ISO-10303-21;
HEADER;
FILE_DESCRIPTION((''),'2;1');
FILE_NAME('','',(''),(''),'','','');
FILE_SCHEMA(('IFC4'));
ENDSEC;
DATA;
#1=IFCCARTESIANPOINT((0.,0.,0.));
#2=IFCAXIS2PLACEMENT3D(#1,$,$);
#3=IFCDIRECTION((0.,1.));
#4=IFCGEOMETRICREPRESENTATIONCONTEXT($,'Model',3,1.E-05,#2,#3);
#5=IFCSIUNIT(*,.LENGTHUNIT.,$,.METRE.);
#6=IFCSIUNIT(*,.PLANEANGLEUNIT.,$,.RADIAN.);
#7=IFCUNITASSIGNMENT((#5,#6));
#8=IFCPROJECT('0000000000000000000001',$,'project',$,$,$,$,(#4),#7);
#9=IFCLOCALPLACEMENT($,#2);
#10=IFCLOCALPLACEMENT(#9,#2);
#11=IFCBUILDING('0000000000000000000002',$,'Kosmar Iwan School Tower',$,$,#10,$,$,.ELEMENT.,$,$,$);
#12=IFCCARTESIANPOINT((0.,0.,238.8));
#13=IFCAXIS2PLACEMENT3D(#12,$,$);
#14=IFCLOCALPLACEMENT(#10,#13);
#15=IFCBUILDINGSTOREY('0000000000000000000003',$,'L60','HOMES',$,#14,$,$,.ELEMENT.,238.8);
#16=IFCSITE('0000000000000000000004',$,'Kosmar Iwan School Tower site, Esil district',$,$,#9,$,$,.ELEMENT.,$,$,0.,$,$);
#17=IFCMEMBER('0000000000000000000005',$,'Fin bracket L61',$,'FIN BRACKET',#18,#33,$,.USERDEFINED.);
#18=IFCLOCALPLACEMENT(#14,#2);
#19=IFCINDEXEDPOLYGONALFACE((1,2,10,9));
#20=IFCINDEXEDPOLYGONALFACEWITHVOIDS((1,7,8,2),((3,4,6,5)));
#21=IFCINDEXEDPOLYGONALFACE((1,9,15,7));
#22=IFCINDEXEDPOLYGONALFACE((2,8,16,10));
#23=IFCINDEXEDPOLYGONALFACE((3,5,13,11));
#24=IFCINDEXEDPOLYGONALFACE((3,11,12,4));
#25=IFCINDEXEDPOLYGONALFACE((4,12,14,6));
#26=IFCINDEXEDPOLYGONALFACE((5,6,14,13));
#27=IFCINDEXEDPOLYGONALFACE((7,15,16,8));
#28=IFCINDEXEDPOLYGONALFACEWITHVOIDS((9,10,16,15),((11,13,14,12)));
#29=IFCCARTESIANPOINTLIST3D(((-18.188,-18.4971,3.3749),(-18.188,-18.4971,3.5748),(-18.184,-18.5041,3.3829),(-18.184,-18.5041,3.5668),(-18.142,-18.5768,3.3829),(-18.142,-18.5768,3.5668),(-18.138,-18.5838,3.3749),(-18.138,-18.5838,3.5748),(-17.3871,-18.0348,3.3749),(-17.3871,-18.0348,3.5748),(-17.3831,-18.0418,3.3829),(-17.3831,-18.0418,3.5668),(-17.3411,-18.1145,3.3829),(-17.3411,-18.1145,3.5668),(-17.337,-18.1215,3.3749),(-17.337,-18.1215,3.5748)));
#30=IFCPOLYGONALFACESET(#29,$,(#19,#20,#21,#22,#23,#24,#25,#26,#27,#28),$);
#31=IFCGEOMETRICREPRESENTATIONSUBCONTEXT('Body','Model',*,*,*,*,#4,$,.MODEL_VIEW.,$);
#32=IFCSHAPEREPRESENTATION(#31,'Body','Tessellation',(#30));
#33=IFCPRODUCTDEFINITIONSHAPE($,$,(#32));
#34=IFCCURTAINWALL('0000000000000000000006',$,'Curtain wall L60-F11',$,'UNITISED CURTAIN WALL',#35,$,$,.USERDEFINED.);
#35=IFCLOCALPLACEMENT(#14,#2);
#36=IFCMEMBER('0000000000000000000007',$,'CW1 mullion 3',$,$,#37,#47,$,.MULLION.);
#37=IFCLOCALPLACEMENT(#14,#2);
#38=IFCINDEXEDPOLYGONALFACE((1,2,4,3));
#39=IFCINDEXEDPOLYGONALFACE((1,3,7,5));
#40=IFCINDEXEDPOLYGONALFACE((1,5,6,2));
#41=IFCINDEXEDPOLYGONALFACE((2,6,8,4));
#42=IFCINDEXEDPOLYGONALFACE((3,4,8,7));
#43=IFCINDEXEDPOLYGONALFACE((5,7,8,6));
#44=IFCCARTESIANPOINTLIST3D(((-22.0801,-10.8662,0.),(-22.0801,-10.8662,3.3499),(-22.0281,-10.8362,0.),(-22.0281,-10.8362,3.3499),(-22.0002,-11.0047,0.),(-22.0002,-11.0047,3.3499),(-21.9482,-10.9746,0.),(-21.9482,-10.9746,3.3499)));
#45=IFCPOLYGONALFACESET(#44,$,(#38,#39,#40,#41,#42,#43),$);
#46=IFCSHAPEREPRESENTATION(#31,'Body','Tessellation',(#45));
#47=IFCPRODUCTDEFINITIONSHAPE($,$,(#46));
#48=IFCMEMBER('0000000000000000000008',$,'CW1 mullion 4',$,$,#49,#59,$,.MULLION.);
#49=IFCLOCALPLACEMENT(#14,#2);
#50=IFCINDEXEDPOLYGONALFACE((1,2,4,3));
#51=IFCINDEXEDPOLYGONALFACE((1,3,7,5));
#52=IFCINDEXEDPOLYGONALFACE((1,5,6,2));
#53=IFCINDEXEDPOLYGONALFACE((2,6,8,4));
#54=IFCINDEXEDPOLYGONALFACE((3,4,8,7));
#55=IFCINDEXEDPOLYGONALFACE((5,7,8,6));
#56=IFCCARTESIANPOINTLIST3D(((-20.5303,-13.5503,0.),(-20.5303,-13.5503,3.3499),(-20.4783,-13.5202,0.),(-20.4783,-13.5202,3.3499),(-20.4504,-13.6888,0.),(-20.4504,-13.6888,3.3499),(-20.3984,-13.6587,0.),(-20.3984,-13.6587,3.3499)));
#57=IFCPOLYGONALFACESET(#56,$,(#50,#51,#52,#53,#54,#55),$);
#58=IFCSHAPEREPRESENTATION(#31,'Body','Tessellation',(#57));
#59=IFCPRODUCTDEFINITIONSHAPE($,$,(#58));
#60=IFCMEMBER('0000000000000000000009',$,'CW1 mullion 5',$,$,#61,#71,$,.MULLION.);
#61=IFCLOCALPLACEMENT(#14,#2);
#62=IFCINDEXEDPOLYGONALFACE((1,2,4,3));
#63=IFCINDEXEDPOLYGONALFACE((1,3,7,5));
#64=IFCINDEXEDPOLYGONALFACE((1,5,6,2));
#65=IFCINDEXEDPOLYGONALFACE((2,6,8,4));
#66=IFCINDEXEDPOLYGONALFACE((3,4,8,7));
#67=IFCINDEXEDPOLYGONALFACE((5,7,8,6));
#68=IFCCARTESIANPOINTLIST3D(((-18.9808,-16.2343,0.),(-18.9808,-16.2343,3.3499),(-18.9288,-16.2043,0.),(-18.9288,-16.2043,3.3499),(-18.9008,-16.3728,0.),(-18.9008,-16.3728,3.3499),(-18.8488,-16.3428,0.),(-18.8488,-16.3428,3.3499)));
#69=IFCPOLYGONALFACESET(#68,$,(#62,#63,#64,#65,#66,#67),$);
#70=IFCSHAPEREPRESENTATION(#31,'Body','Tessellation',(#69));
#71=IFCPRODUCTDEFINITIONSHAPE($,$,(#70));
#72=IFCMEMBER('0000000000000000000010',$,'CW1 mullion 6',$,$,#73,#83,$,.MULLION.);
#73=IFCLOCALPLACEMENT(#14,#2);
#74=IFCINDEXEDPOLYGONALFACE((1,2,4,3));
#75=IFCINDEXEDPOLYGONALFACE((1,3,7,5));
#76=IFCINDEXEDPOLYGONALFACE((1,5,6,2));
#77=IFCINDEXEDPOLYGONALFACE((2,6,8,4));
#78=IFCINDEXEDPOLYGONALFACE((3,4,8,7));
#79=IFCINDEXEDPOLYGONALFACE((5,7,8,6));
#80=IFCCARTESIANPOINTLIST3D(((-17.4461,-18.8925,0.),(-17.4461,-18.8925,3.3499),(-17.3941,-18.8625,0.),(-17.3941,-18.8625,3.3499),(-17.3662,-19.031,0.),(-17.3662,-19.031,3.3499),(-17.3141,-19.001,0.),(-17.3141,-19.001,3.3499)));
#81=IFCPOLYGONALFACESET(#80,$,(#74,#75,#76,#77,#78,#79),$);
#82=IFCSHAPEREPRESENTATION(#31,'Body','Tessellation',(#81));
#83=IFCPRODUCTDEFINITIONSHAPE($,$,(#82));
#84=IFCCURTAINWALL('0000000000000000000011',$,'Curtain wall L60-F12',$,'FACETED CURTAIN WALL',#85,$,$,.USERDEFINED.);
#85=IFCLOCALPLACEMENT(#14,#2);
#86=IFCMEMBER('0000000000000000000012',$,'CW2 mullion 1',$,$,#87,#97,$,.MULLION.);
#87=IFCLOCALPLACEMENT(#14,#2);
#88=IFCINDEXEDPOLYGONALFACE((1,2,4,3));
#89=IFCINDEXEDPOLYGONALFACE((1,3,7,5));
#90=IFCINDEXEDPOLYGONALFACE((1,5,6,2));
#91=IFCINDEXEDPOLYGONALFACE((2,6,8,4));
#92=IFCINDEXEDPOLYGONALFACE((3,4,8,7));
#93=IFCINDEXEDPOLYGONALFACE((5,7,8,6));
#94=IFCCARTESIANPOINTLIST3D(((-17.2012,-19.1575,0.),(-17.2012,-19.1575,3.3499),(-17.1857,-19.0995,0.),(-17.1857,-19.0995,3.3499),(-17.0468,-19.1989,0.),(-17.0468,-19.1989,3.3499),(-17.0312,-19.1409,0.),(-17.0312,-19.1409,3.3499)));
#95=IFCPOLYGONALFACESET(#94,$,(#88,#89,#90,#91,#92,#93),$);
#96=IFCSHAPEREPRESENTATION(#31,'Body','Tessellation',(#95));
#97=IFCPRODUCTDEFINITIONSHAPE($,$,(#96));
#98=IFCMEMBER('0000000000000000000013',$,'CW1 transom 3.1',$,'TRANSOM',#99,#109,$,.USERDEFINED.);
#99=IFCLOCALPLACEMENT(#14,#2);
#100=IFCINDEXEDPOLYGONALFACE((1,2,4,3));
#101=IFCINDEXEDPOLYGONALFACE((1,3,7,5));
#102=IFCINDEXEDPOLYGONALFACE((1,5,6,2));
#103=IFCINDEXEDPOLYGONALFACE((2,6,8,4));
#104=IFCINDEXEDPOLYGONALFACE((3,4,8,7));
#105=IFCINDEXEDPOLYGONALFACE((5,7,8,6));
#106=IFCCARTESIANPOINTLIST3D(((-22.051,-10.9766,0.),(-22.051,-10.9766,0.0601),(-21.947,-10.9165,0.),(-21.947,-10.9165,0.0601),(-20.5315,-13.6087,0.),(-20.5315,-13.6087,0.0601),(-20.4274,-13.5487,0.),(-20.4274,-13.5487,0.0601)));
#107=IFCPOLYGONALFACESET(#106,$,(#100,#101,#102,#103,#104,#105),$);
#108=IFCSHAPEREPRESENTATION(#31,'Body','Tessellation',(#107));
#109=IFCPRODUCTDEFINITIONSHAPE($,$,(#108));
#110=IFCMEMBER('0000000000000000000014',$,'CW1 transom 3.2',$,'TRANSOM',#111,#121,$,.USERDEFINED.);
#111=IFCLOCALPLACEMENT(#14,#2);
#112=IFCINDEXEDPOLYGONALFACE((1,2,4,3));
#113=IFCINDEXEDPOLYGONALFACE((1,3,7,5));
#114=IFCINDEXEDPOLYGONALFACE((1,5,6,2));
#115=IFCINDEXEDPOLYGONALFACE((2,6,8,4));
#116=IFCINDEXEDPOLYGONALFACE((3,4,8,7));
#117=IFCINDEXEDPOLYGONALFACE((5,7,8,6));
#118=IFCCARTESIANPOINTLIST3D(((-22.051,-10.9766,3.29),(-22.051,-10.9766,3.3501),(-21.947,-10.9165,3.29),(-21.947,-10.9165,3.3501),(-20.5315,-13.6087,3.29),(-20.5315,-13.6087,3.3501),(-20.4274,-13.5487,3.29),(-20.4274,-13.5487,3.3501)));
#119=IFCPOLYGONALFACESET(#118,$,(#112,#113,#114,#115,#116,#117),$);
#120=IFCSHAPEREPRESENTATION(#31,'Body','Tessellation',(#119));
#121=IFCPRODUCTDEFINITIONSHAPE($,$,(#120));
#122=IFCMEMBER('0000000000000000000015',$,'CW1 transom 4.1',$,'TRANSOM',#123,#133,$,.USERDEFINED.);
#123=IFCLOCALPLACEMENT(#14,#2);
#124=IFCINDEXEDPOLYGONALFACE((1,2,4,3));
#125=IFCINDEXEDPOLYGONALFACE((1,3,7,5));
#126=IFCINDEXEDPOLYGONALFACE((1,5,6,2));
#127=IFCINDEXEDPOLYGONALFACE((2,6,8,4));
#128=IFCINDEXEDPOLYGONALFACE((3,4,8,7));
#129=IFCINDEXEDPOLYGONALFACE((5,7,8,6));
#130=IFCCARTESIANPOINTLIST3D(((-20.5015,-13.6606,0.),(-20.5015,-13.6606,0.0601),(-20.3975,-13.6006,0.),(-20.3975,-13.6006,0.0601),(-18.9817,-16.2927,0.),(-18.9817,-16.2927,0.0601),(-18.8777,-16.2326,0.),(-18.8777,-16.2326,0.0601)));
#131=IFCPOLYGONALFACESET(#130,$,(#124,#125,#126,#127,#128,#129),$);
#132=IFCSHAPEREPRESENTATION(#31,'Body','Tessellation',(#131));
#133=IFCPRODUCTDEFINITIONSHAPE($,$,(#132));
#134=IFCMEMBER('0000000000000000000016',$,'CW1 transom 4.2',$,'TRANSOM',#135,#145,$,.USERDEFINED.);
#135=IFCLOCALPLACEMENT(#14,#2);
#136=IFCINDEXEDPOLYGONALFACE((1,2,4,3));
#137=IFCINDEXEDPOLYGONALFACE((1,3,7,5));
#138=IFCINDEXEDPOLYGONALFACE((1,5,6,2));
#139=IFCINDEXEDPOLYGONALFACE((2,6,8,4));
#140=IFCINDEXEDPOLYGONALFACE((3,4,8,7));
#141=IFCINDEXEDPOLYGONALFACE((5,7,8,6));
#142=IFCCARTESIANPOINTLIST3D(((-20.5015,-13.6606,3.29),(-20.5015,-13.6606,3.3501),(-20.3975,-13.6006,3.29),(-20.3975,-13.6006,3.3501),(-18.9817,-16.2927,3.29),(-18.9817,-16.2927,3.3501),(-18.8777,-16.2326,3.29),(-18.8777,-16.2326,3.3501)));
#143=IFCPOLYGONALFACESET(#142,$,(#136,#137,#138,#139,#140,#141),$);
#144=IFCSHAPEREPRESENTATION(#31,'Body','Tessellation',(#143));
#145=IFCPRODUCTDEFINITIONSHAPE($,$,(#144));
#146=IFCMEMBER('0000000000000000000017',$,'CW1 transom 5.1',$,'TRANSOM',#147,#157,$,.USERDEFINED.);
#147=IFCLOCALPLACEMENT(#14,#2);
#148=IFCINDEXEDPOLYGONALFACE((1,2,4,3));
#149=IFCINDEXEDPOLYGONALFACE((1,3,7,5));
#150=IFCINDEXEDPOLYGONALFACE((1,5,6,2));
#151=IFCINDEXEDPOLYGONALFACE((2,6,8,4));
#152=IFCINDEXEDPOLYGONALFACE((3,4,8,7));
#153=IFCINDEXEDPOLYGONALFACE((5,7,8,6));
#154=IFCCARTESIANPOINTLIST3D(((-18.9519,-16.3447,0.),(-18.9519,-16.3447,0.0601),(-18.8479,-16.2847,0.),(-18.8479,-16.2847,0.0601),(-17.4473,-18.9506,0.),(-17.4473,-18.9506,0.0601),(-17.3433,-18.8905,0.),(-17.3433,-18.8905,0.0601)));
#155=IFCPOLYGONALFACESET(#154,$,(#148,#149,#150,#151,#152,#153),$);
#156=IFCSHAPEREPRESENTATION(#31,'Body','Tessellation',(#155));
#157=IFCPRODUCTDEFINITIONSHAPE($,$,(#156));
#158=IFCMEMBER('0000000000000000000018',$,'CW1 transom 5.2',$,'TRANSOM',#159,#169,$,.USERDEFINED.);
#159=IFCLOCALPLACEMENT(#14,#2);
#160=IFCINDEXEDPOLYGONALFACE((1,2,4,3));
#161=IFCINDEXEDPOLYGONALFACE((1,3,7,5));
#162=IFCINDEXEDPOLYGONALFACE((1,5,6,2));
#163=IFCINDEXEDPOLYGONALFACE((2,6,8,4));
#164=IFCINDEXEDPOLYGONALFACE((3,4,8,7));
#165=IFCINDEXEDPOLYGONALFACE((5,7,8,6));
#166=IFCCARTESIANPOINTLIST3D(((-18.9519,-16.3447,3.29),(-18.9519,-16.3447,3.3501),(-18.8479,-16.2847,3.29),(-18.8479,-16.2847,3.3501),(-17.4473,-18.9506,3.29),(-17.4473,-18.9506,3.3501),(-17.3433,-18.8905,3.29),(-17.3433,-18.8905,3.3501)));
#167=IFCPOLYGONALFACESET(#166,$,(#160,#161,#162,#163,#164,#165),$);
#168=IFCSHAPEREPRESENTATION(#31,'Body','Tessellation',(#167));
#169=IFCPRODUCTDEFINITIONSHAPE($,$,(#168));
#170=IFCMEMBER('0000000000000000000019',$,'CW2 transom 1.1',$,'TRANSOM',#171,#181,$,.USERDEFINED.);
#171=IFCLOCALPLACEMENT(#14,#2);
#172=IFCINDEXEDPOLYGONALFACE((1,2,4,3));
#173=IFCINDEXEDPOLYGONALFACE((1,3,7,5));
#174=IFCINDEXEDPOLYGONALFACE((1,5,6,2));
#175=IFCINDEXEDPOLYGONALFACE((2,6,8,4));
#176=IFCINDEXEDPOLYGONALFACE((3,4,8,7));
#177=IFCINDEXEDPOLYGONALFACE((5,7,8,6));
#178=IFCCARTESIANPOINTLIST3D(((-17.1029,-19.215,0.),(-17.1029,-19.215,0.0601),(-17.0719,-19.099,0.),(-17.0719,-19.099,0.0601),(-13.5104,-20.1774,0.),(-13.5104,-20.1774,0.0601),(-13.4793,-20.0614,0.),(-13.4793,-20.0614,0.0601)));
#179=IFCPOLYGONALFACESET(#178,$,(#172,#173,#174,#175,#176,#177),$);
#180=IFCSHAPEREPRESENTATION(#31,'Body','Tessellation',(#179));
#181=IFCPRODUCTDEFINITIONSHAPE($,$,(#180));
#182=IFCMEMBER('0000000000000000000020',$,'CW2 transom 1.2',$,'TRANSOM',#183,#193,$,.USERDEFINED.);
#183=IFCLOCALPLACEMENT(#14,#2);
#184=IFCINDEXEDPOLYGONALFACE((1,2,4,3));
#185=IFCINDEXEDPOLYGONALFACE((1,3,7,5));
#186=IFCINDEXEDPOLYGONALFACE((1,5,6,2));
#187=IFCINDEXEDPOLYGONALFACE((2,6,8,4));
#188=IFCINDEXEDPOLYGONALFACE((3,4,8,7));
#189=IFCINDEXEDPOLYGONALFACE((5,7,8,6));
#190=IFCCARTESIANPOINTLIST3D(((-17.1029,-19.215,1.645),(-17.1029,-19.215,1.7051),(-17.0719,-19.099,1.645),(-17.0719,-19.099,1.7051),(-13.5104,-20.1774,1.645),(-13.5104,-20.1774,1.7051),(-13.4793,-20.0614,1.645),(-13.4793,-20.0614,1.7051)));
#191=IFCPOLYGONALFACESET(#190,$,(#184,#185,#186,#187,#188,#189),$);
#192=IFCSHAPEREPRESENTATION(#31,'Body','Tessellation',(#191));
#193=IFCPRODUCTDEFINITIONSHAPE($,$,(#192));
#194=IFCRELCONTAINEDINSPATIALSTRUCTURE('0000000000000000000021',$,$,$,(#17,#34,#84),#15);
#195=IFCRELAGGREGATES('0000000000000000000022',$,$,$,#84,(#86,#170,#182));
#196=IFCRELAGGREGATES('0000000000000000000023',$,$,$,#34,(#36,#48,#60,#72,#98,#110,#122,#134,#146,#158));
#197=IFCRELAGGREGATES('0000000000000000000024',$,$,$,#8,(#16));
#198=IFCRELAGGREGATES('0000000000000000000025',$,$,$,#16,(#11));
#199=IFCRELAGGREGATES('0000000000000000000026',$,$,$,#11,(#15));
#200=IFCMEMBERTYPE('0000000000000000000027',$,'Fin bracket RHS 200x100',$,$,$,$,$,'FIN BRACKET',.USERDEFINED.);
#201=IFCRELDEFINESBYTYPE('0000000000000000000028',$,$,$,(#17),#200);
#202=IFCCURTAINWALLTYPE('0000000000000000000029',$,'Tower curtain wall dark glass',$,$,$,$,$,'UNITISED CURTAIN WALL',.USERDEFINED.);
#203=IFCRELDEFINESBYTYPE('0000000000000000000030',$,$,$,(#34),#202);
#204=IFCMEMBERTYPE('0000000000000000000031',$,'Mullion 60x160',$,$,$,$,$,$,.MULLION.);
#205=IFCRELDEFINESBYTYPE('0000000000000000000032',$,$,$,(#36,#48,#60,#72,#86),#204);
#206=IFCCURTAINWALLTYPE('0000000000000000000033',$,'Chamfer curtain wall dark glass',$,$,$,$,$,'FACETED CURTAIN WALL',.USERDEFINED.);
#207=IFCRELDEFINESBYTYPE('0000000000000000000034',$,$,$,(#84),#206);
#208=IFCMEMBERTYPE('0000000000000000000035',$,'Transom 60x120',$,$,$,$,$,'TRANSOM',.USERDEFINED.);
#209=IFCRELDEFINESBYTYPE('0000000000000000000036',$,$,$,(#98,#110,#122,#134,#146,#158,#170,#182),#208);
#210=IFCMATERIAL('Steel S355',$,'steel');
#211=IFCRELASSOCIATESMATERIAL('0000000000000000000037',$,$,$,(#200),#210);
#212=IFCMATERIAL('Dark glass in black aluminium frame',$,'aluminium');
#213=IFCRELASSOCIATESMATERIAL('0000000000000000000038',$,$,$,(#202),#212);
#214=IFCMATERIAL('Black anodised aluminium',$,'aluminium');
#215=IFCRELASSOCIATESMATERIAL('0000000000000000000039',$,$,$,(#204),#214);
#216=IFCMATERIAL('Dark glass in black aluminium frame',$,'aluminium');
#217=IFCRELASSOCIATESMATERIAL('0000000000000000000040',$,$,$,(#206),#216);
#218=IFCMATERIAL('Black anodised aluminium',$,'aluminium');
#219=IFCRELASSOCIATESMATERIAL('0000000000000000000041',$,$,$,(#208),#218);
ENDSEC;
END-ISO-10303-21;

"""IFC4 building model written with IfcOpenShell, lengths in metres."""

from ifc_helpers import new_model, si_unit, direction, frame, origin, origin_2d, place, context, subcontext, project, spatial, rectangle, hollow_rectangle, extrude, material, material_profile, profile_set, type_object, element, aggregate, save


model = new_model("IFC4")

# Units and contexts
model_context = context("Model", 3, precision=1e-05, world=origin(), true_north=direction((0.0, 1.0)))
body_context = subcontext(model_context, "Body", "Model", "MODEL_VIEW")
ifc_project = project(units=[si_unit("LENGTHUNIT", "METRE"), si_unit("PLANEANGLEUNIT", "RADIAN")], contexts=[model_context])

# Site, building, storey
site_placement = place(None, origin())
site = spatial("IfcSite", under=ifc_project, at=site_placement, Name="Kosmar Iwan School Tower site, Esil district", CompositionType="ELEMENT", RefElevation=0.0)
building_placement = place(site_placement, origin())
building = spatial("IfcBuilding", under=site, at=building_placement, Name="Kosmar Iwan School Tower", CompositionType="ELEMENT")
storey_placement = place(building_placement, frame((0.0, 0.0, 238.8)))
storey = spatial("IfcBuildingStorey", under=building, at=storey_placement, Name="L60", Description="HOMES", CompositionType="ELEMENT", Elevation=238.8)

# Member
ifc_material_1 = material(Name="Steel S355", Category="steel")
ifc_material_profile_1 = material_profile(ifc_material_1, hollow_rectangle(XDim=0.1001, YDim=0.2, WallThickness=0.0081, at=origin_2d()), Name="RHS 200x100x8")
ifc_profile_set_1 = profile_set([ifc_material_profile_1], Name="Steel S355")
member_type_1 = type_object("IfcMemberType", Name="Fin bracket RHS 200x100", ElementType="FIN BRACKET", PredefinedType="USERDEFINED", material=ifc_profile_set_1)
member_1_placement = place(storey_placement, frame((-17.3621, -18.0781, 3.4749), z_axis=(-0.866058, -0.499943, 0.0), x_axis=(0.499943, -0.866058, 0.0)))
element("IfcMember", 1, at=member_1_placement, inside=storey, type_object=member_type_1, Name="Fin bracket L61", ObjectType="FIN BRACKET", PredefinedType="USERDEFINED", context=body_context, shape_type="SweptSolid", body=[
    extrude(hollow_rectangle(XDim=0.1001, YDim=0.2, WallThickness=0.0081, at=origin_2d()), origin(), (0.0, 0.0, 1.0), 0.9248),
])

# Curtain wall, members
ifc_material_2 = material(Name="Dark glass in black aluminium frame", Category="aluminium")
curtain_wall_type_1 = type_object("IfcCurtainWallType", Name="Tower curtain wall dark glass", ElementType="UNITISED CURTAIN WALL", PredefinedType="USERDEFINED", material=ifc_material_2)
curtain_wall_1_placement = place(storey_placement, origin())
curtain_wall_1 = element("IfcCurtainWall", 2, at=curtain_wall_1_placement, inside=storey, type_object=curtain_wall_type_1, Name="Curtain wall L60-F11", ObjectType="UNITISED CURTAIN WALL", PredefinedType="USERDEFINED")
ifc_material_3 = material(Name="Black anodised aluminium", Category="aluminium")
ifc_material_profile_2 = material_profile(ifc_material_3, rectangle(XDim=0.0601, YDim=0.1599, at=origin_2d()), Name="MULLION 60x160")
ifc_profile_set_2 = profile_set([ifc_material_profile_2], Name="Black anodised aluminium")
member_type_2 = type_object("IfcMemberType", Name="Mullion 60x160", PredefinedType="MULLION", material=ifc_profile_set_2)
member_2_placement = place(storey_placement, frame((-22.0142, -10.9204, 0.0), z_axis=(0.0, 0.0, 1.0), x_axis=(0.866025, 0.5, 0.0)))
member_2 = element("IfcMember", 3, at=member_2_placement, type_object=member_type_2, Name="CW1 mullion 3", PredefinedType="MULLION", context=body_context, shape_type="SweptSolid", body=[
    extrude(rectangle(XDim=0.0601, YDim=0.1599, at=origin_2d()), origin(), (0.0, 0.0, 1.0), 3.3499),
])
member_3_placement = place(storey_placement, frame((-20.4644, -13.6045, 0.0), z_axis=(0.0, 0.0, 1.0), x_axis=(0.866025, 0.5, 0.0)))
member_3 = element("IfcMember", 4, at=member_3_placement, type_object=member_type_2, Name="CW1 mullion 4", PredefinedType="MULLION", context=body_context, shape_type="SweptSolid", body=[
    extrude(rectangle(XDim=0.0601, YDim=0.1599, at=origin_2d()), origin(), (0.0, 0.0, 1.0), 3.3499),
])
member_4_placement = place(storey_placement, frame((-18.9148, -16.2886, 0.0), z_axis=(0.0, 0.0, 1.0), x_axis=(0.866025, 0.5, 0.0)))
member_4 = element("IfcMember", 5, at=member_4_placement, type_object=member_type_2, Name="CW1 mullion 5", PredefinedType="MULLION", context=body_context, shape_type="SweptSolid", body=[
    extrude(rectangle(XDim=0.0601, YDim=0.1599, at=origin_2d()), origin(), (0.0, 0.0, 1.0), 3.3499),
])
member_5_placement = place(storey_placement, frame((-17.3801, -18.9468, 0.0), z_axis=(0.0, 0.0, 1.0), x_axis=(0.866025, 0.5, 0.0)))
member_5 = element("IfcMember", 6, at=member_5_placement, type_object=member_type_2, Name="CW1 mullion 6", PredefinedType="MULLION", context=body_context, shape_type="SweptSolid", body=[
    extrude(rectangle(XDim=0.0601, YDim=0.1599, at=origin_2d()), origin(), (0.0, 0.0, 1.0), 3.3499),
])

# Curtain wall, member
ifc_material_4 = material(Name="Dark glass in black aluminium frame", Category="aluminium")
curtain_wall_type_2 = type_object("IfcCurtainWallType", Name="Chamfer curtain wall dark glass", ElementType="FACETED CURTAIN WALL", PredefinedType="USERDEFINED", material=ifc_material_4)
curtain_wall_2_placement = place(storey_placement, origin())
curtain_wall_2 = element("IfcCurtainWall", 7, at=curtain_wall_2_placement, inside=storey, type_object=curtain_wall_type_2, Name="Curtain wall L60-F12", ObjectType="FACETED CURTAIN WALL", PredefinedType="USERDEFINED")
member_6_placement = place(storey_placement, frame((-17.1162, -19.1492, 0.0), z_axis=(0.0, 0.0, 1.0), x_axis=(0.258819, 0.965926, 0.0)))
member_6 = element("IfcMember", 8, at=member_6_placement, type_object=member_type_2, Name="CW2 mullion 1", PredefinedType="MULLION", context=body_context, shape_type="SweptSolid", body=[
    extrude(rectangle(XDim=0.0601, YDim=0.1599, at=origin_2d()), origin(), (0.0, 0.0, 1.0), 3.3499),
])

# Members
ifc_material_5 = material(Name="Black anodised aluminium", Category="aluminium")
ifc_material_profile_3 = material_profile(ifc_material_5, rectangle(XDim=0.1201, YDim=0.0601, at=origin_2d()), Name="TRANSOM 60x120")
ifc_profile_set_3 = profile_set([ifc_material_profile_3], Name="Black anodised aluminium")
member_type_3 = type_object("IfcMemberType", Name="Transom 60x120", ElementType="TRANSOM", PredefinedType="USERDEFINED", material=ifc_profile_set_3)
member_7_placement = place(storey_placement, frame((-21.999, -10.9465, 0.03), z_axis=(0.499975, -0.86604, 0.0), x_axis=(0.86604, 0.499975, 0.0)))
member_7 = element("IfcMember", 9, at=member_7_placement, type_object=member_type_3, Name="CW1 transom 3.1", ObjectType="TRANSOM", PredefinedType="USERDEFINED", context=body_context, shape_type="SweptSolid", body=[
    extrude(rectangle(XDim=0.1201, YDim=0.0601, at=origin_2d()), origin(), (0.0, 0.0, 1.0), 3.0393),
])
member_8_placement = place(storey_placement, frame((-21.999, -10.9465, 3.3201), z_axis=(0.499975, -0.86604, 0.0), x_axis=(0.86604, 0.499975, 0.0)))
member_8 = element("IfcMember", 10, at=member_8_placement, type_object=member_type_3, Name="CW1 transom 3.2", ObjectType="TRANSOM", PredefinedType="USERDEFINED", context=body_context, shape_type="SweptSolid", body=[
    extrude(rectangle(XDim=0.1201, YDim=0.0601, at=origin_2d()), origin(), (0.0, 0.0, 1.0), 3.0393),
])
member_9_placement = place(storey_placement, frame((-20.4495, -13.6306, 0.03), z_axis=(0.500035, -0.866005, 0.0), x_axis=(0.866005, 0.500035, 0.0)))
member_9 = element("IfcMember", 11, at=member_9_placement, type_object=member_type_3, Name="CW1 transom 4.1", ObjectType="TRANSOM", PredefinedType="USERDEFINED", context=body_context, shape_type="SweptSolid", body=[
    extrude(rectangle(XDim=0.1201, YDim=0.0601, at=origin_2d()), origin(), (0.0, 0.0, 1.0), 3.0393),
])
member_10_placement = place(storey_placement, frame((-20.4495, -13.6306, 3.3201), z_axis=(0.500035, -0.866005, 0.0), x_axis=(0.866005, 0.500035, 0.0)))
member_10 = element("IfcMember", 12, at=member_10_placement, type_object=member_type_3, Name="CW1 transom 4.2", ObjectType="TRANSOM", PredefinedType="USERDEFINED", context=body_context, shape_type="SweptSolid", body=[
    extrude(rectangle(XDim=0.1201, YDim=0.0601, at=origin_2d()), origin(), (0.0, 0.0, 1.0), 3.0393),
])
member_11_placement = place(storey_placement, frame((-18.8999, -16.3147, 0.03), z_axis=(0.500022, -0.866013, 0.0), x_axis=(0.866013, 0.500022, 0.0)))
member_11 = element("IfcMember", 13, at=member_11_placement, type_object=member_type_3, Name="CW1 transom 5.1", ObjectType="TRANSOM", PredefinedType="USERDEFINED", context=body_context, shape_type="SweptSolid", body=[
    extrude(rectangle(XDim=0.1201, YDim=0.0601, at=origin_2d()), origin(), (0.0, 0.0, 1.0), 3.009),
])
member_12_placement = place(storey_placement, frame((-18.8999, -16.3147, 3.3201), z_axis=(0.500022, -0.866013, 0.0), x_axis=(0.866013, 0.500022, 0.0)))
member_12 = element("IfcMember", 14, at=member_12_placement, type_object=member_type_3, Name="CW1 transom 5.2", ObjectType="TRANSOM", PredefinedType="USERDEFINED", context=body_context, shape_type="SweptSolid", body=[
    extrude(rectangle(XDim=0.1201, YDim=0.0601, at=origin_2d()), origin(), (0.0, 0.0, 1.0), 3.009),
])
member_13_placement = place(storey_placement, frame((-17.0874, -19.157, 0.03), z_axis=(0.96594, -0.258766, 0.0), x_axis=(0.258766, 0.96594, 0.0)))
member_13 = element("IfcMember", 15, at=member_13_placement, type_object=member_type_3, Name="CW2 transom 1.1", ObjectType="TRANSOM", PredefinedType="USERDEFINED", context=body_context, shape_type="SweptSolid", body=[
    extrude(rectangle(XDim=0.1201, YDim=0.0601, at=origin_2d()), origin(), (0.0, 0.0, 1.0), 3.7192),
])
member_14_placement = place(storey_placement, frame((-17.0874, -19.157, 1.675), z_axis=(0.96594, -0.258766, 0.0), x_axis=(0.258766, 0.96594, 0.0)))
member_14 = element("IfcMember", 16, at=member_14_placement, type_object=member_type_3, Name="CW2 transom 1.2", ObjectType="TRANSOM", PredefinedType="USERDEFINED", context=body_context, shape_type="SweptSolid", body=[
    extrude(rectangle(XDim=0.1201, YDim=0.0601, at=origin_2d()), origin(), (0.0, 0.0, 1.0), 3.7192),
])
aggregate(curtain_wall_2, [member_6, member_13, member_14])

aggregate(curtain_wall_1, [member_2, member_3, member_4, member_5, member_7, member_8, member_9, member_10, member_11, member_12])

save(model, "model.ifc")
